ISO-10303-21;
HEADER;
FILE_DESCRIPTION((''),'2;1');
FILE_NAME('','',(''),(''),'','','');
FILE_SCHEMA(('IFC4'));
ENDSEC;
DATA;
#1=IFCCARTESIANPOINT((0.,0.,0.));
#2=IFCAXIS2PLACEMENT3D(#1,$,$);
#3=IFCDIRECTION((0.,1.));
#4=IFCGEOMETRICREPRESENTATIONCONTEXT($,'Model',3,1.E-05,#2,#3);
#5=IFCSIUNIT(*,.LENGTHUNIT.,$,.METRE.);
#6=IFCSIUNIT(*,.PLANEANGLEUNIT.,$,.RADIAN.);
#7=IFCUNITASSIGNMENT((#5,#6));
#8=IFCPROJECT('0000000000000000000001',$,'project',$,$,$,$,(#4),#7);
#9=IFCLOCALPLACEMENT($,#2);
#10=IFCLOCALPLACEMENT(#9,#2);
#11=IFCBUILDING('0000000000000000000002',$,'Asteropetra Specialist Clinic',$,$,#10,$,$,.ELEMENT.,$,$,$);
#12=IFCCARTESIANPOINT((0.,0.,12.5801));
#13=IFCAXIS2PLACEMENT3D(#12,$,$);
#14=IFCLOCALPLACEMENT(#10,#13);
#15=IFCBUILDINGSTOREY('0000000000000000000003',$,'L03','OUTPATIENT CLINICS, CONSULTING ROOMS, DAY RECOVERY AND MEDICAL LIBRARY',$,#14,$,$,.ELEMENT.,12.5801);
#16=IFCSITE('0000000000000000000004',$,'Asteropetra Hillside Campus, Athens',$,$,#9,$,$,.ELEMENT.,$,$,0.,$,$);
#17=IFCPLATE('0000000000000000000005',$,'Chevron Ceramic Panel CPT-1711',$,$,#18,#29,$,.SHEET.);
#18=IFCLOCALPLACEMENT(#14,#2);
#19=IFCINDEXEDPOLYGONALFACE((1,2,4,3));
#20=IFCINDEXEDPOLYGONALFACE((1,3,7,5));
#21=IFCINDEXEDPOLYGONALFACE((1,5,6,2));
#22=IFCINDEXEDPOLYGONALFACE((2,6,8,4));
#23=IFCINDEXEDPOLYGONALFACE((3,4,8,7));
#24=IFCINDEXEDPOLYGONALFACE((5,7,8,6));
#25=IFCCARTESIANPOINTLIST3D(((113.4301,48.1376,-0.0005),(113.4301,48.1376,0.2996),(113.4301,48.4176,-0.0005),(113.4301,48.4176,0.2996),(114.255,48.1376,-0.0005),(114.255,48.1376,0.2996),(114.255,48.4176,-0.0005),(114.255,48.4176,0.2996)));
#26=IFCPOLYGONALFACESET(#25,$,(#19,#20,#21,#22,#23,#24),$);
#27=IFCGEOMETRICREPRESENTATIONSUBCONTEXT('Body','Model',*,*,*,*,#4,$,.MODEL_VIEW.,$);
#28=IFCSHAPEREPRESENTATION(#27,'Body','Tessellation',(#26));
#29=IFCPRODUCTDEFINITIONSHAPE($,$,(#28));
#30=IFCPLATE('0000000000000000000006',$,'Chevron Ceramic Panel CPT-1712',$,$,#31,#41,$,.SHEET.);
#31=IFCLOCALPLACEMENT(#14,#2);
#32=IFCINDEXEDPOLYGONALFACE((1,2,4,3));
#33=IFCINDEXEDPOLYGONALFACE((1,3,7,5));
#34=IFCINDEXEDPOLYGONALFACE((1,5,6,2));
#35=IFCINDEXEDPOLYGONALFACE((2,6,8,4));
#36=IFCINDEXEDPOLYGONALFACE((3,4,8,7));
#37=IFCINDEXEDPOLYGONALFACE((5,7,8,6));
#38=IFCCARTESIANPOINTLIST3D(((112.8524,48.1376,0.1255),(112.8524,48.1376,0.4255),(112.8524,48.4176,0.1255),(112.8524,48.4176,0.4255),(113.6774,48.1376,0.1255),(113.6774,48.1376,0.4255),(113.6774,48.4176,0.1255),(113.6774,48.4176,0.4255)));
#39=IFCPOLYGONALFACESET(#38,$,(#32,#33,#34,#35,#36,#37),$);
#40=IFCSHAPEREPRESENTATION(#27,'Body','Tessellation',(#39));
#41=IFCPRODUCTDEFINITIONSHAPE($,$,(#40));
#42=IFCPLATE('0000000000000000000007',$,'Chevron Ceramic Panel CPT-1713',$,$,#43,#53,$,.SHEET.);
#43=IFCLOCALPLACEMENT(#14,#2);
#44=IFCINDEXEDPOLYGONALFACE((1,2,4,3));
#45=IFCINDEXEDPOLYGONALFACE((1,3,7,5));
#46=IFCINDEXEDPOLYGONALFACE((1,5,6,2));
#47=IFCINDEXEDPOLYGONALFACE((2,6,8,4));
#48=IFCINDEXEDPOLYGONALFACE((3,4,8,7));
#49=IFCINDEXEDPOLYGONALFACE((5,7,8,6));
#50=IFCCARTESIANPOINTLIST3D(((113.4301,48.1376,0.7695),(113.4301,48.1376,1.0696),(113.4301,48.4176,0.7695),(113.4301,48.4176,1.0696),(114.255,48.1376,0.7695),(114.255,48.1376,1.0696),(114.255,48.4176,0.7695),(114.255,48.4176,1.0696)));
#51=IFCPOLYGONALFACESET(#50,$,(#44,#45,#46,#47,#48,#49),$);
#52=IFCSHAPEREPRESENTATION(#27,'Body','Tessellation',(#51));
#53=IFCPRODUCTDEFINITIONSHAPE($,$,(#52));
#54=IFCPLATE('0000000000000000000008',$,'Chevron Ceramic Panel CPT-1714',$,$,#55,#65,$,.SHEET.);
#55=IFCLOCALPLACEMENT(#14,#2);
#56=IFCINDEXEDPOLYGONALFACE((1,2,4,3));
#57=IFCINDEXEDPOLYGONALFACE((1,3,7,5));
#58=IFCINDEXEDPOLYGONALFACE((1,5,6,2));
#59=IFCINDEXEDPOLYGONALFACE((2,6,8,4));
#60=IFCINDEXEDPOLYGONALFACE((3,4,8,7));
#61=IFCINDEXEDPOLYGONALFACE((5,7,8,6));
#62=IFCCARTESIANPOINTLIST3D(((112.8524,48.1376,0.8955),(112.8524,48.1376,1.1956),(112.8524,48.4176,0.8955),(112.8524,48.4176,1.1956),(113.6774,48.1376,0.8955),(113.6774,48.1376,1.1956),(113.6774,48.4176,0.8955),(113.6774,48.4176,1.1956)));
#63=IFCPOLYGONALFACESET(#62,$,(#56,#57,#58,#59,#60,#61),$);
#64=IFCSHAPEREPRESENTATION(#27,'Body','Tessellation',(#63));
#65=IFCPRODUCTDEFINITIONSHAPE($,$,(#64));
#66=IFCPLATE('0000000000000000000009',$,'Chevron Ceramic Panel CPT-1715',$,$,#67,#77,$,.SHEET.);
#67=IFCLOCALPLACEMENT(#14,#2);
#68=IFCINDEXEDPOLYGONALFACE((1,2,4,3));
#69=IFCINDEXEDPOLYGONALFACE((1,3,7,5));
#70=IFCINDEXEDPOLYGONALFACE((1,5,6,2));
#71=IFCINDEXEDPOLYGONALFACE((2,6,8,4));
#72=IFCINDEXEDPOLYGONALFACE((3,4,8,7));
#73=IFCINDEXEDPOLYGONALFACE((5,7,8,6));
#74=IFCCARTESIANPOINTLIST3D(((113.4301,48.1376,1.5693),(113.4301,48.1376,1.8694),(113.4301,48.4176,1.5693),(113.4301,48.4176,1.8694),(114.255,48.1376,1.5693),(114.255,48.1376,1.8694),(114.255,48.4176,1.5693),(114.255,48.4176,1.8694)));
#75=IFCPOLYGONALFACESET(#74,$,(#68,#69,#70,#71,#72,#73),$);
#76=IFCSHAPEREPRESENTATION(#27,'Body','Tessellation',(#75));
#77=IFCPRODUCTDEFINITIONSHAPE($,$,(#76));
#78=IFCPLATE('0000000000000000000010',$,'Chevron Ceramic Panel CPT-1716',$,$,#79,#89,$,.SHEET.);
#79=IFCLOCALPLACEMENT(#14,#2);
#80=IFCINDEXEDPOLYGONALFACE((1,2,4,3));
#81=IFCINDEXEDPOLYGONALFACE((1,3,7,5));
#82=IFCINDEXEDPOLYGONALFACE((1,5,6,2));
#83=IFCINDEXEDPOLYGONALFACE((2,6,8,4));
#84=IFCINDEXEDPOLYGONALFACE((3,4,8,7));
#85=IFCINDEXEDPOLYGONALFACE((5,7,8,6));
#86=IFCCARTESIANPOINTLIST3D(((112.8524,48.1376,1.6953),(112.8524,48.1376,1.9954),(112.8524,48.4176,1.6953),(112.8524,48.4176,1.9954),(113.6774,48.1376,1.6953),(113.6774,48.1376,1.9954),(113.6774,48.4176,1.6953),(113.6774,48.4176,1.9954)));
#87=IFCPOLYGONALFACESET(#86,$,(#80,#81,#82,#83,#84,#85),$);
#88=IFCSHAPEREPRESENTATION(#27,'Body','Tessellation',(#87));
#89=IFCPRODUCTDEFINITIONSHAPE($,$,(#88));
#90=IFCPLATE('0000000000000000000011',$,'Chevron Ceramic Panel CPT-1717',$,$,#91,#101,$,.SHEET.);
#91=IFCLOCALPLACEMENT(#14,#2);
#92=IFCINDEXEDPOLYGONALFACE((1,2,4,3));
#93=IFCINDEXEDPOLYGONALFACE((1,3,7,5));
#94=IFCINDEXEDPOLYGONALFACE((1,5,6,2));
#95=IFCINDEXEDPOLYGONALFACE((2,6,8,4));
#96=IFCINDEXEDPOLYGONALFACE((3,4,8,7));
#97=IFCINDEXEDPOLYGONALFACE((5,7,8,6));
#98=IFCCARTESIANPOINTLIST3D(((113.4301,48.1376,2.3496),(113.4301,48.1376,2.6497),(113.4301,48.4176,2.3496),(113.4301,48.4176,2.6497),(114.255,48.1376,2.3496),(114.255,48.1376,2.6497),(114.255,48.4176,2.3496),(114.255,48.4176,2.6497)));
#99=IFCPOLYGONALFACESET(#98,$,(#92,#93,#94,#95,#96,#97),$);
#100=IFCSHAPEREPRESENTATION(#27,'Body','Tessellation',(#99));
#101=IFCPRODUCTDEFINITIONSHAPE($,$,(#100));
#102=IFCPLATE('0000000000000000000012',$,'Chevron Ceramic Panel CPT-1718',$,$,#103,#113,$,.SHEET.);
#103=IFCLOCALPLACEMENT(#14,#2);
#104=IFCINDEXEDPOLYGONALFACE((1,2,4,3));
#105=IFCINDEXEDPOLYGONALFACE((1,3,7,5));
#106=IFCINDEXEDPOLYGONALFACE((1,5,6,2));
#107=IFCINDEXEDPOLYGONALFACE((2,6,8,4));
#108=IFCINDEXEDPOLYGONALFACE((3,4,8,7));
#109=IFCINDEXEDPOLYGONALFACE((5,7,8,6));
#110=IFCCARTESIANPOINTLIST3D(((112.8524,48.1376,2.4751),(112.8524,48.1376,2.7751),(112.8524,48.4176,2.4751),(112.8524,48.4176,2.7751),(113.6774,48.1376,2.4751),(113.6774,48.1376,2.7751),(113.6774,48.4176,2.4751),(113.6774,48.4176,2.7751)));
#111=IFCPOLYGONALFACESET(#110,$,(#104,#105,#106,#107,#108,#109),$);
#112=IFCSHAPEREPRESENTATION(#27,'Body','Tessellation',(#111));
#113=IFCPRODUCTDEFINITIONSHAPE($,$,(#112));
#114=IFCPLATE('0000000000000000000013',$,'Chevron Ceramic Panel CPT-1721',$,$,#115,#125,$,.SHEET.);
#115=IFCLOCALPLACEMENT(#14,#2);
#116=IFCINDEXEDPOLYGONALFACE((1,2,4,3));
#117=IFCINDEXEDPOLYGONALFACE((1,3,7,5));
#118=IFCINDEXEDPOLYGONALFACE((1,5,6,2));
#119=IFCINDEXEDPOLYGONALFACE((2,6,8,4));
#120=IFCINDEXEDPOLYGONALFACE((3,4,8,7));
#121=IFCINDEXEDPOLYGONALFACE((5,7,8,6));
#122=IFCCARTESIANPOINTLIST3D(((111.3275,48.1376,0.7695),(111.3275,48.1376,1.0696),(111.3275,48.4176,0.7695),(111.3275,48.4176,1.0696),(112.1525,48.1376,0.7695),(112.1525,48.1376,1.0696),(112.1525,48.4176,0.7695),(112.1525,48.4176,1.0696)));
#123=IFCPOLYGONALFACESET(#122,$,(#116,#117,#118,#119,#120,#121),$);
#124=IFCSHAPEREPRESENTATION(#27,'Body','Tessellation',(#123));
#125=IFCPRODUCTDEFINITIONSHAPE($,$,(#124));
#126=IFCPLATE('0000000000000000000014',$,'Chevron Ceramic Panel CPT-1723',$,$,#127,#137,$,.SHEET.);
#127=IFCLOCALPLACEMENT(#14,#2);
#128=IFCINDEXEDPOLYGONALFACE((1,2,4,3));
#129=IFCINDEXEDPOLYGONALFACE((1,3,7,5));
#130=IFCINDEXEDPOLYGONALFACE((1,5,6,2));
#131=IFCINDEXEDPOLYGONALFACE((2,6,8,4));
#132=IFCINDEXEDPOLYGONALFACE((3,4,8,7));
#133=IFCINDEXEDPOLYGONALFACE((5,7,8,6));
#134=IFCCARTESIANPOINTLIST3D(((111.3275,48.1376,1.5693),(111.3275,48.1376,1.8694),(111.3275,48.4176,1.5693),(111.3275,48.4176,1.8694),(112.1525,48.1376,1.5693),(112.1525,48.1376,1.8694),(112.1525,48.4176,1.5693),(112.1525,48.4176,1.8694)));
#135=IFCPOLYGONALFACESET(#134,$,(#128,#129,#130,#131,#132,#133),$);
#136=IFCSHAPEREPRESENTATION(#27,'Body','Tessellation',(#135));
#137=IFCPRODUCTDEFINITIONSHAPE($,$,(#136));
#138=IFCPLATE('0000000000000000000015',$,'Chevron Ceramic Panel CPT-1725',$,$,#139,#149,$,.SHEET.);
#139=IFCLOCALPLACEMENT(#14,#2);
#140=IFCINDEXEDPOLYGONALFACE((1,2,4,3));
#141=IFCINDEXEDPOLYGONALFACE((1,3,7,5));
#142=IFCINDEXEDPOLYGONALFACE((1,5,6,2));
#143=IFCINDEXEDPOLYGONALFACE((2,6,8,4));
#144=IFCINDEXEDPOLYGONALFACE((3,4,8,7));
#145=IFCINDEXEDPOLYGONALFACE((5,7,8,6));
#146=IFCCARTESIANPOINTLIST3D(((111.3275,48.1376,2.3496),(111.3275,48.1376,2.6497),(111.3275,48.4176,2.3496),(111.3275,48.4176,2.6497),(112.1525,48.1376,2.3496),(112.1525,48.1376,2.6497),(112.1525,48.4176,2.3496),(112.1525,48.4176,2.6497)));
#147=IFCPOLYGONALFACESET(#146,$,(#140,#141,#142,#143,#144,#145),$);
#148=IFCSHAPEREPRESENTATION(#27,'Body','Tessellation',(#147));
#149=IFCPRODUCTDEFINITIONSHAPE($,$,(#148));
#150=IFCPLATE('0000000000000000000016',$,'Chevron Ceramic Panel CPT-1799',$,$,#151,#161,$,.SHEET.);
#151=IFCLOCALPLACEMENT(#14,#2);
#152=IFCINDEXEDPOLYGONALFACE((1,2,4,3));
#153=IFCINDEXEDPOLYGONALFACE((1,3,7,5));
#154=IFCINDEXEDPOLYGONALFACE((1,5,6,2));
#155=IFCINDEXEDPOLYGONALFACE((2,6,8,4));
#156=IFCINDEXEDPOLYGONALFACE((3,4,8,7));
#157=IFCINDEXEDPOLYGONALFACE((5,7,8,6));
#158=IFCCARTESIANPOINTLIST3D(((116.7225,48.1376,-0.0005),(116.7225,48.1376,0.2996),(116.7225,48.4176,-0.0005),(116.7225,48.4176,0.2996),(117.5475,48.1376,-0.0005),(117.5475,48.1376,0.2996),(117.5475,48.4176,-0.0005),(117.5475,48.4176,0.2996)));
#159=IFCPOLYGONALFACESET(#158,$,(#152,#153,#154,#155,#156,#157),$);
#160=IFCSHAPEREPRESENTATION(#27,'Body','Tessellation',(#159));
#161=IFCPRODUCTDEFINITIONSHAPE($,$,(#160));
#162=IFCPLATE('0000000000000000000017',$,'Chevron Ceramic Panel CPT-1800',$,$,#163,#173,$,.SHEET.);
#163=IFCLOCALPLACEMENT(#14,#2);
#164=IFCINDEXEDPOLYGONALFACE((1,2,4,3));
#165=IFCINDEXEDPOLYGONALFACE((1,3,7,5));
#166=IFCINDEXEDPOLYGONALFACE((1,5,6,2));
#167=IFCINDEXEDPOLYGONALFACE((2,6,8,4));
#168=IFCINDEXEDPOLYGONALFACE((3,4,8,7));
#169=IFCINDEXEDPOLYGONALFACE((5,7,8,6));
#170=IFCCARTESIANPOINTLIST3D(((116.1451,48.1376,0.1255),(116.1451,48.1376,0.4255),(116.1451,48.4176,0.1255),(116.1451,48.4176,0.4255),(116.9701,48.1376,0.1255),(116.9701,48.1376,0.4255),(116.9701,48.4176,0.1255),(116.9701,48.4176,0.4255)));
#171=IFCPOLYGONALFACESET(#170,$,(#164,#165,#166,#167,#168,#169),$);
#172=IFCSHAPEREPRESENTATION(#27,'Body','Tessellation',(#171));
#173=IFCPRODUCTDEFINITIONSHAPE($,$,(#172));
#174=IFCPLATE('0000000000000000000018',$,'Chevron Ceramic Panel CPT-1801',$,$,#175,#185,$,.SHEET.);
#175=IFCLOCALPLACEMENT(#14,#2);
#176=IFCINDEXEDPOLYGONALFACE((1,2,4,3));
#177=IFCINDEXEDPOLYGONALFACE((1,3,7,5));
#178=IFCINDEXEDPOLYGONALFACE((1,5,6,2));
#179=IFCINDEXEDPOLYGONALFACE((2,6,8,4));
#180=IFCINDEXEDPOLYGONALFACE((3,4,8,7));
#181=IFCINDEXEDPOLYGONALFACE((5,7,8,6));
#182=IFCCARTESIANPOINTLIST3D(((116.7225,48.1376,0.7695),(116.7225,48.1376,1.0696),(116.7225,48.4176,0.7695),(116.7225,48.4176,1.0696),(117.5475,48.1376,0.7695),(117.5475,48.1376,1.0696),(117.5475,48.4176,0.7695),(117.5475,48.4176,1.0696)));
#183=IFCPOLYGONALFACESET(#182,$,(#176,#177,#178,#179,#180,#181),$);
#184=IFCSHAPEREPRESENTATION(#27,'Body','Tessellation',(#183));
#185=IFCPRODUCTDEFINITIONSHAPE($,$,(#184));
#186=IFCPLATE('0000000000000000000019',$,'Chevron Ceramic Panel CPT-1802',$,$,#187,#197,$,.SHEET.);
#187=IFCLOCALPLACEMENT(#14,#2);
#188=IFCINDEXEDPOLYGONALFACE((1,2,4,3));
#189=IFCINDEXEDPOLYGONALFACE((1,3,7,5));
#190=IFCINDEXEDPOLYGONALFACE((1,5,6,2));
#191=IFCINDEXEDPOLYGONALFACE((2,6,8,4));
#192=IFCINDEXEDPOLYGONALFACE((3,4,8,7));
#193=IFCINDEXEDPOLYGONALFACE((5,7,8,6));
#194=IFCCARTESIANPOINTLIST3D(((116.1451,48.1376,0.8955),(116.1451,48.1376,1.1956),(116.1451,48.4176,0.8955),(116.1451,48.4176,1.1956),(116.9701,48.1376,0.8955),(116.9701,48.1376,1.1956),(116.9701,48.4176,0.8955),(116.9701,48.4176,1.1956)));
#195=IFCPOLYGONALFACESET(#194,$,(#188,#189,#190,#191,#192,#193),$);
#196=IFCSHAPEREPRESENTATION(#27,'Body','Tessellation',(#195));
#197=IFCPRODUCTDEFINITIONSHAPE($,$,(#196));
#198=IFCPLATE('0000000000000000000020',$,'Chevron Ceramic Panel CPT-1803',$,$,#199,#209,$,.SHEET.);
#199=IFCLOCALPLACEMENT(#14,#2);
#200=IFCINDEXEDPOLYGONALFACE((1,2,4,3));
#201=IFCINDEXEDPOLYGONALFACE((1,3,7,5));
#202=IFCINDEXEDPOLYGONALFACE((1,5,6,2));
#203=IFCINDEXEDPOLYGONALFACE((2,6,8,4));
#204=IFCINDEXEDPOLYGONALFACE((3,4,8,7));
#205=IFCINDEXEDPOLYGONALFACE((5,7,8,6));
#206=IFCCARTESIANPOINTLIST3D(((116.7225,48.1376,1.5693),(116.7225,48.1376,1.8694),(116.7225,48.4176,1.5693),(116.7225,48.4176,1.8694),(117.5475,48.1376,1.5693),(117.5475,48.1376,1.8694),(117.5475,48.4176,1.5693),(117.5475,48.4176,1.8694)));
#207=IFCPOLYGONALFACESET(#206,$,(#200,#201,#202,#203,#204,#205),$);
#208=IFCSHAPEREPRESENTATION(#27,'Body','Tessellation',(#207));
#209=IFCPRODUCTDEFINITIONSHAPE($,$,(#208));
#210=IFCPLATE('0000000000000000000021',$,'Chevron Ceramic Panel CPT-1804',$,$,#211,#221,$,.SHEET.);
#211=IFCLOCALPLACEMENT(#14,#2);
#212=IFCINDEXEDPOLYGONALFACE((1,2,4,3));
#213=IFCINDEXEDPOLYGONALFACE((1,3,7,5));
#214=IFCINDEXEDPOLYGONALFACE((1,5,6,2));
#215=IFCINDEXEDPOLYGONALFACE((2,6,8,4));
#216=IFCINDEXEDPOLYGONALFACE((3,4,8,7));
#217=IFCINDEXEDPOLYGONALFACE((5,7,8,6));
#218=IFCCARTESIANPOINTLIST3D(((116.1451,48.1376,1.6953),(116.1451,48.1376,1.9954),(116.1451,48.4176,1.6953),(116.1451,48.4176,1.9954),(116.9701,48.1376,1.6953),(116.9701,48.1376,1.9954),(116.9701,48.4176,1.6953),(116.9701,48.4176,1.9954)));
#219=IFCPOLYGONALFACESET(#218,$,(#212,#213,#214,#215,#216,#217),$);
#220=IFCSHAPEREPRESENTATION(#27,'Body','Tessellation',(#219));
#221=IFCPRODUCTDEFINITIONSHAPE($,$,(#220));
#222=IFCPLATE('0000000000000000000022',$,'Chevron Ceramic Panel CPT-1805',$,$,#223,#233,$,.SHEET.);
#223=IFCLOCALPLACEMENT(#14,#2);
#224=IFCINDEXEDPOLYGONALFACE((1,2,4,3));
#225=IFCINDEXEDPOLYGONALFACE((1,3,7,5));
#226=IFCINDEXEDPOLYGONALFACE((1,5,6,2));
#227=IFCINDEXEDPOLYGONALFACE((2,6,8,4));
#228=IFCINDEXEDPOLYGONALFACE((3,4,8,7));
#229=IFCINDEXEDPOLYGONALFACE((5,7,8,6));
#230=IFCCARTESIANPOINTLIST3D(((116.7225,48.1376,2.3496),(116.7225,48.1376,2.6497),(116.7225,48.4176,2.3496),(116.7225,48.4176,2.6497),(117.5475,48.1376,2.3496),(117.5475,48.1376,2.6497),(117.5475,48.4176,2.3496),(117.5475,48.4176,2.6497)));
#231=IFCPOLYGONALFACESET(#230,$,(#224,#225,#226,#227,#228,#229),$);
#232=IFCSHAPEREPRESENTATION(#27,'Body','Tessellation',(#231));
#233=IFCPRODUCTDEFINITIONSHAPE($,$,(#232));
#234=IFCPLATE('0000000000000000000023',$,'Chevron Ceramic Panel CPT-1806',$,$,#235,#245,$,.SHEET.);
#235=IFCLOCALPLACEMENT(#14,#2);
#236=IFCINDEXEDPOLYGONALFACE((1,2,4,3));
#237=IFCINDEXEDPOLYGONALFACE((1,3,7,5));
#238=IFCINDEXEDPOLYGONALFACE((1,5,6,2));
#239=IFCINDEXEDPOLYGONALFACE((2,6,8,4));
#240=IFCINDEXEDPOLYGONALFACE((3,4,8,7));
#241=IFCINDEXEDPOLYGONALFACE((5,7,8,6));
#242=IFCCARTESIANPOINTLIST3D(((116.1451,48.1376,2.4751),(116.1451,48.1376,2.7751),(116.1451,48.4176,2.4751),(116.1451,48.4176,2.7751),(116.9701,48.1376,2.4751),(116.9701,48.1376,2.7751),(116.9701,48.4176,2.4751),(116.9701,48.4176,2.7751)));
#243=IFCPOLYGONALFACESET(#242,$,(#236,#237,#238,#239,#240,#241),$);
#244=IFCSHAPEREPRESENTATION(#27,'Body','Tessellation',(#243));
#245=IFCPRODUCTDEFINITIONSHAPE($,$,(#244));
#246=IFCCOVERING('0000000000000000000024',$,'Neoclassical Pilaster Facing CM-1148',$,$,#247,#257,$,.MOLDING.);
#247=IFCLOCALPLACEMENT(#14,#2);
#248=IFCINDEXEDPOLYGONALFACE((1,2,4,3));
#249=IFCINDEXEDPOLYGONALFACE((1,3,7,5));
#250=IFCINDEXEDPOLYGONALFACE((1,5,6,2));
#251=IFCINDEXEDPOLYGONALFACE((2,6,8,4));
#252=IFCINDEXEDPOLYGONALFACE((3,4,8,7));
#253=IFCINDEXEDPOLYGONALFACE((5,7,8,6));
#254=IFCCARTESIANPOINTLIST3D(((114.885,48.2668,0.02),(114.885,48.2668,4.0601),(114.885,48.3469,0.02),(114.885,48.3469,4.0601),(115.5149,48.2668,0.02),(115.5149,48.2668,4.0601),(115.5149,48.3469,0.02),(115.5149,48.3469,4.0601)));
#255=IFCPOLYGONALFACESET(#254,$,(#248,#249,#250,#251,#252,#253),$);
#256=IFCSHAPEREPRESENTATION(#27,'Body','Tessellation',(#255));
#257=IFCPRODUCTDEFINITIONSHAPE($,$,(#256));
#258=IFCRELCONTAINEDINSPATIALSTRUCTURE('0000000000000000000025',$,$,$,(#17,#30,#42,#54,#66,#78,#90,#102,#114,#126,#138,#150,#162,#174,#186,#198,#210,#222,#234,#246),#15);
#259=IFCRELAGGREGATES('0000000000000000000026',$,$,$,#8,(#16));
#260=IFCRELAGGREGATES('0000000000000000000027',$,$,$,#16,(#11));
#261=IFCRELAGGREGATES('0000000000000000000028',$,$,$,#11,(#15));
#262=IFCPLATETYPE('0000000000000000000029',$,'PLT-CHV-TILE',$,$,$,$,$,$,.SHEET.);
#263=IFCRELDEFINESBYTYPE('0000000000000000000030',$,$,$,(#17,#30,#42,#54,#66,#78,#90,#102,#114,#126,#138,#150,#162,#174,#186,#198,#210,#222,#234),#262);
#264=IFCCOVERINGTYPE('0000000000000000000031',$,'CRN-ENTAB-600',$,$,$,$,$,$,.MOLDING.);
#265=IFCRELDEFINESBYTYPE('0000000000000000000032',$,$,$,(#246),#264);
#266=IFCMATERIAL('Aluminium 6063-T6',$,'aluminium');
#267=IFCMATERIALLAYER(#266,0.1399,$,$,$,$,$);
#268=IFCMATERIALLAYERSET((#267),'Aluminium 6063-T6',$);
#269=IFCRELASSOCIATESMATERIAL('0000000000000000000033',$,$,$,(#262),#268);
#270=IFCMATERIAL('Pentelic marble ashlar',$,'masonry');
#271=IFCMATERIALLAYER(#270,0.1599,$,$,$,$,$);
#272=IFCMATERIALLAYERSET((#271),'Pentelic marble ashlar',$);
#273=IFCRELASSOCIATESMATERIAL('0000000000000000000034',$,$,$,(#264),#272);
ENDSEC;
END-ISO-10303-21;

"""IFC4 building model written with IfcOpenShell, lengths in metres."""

from ifc_helpers import new_model, si_unit, direction, frame, origin, origin_2d, place, context, subcontext, project, spatial, rectangle, extrude, material, layer, layer_set, type_object, element, save


model = new_model("IFC4")

# Units and contexts
model_context = context("Model", 3, precision=1e-05, world=origin(), true_north=direction((0.0, 1.0)))
body_context = subcontext(model_context, "Body", "Model", "MODEL_VIEW")
ifc_project = project(units=[si_unit("LENGTHUNIT", "METRE"), si_unit("PLANEANGLEUNIT", "RADIAN")], contexts=[model_context])

# Site, building, storey
site_placement = place(None, origin())
site = spatial("IfcSite", under=ifc_project, at=site_placement, Name="Asteropetra Hillside Campus, Athens", CompositionType="ELEMENT", RefElevation=0.0)
building_placement = place(site_placement, origin())
building = spatial("IfcBuilding", under=site, at=building_placement, Name="Asteropetra Specialist Clinic", CompositionType="ELEMENT")
storey_placement = place(building_placement, frame((0.0, 0.0, 12.5801)))
storey = spatial("IfcBuildingStorey", under=building, at=storey_placement, Name="L03", Description="OUTPATIENT CLINICS, CONSULTING ROOMS, DAY RECOVERY AND MEDICAL LIBRARY", CompositionType="ELEMENT", Elevation=12.5801)

# Plates
ifc_material_1 = material(Name="Aluminium 6063-T6", Category="aluminium")
ifc_layer_1 = layer(ifc_material_1, 0.1399)
ifc_layer_set_1 = layer_set([ifc_layer_1], Name="Aluminium 6063-T6")
plate_type_1 = type_object("IfcPlateType", Name="PLT-CHV-TILE", PredefinedType="SHEET", material=ifc_layer_set_1)
for number, where, z_axis, x_axis, name in (
    (1, (113.8425, 48.2776, -0.0005), (0.0, 0.0, 1.0), (1.0, 0.0, 0.0), "Chevron Ceramic Panel CPT-1711"),
    (2, (113.2649, 48.2776, 0.1255), (0.0, 0.0, 1.0), (1.0, 0.0, 0.0), "Chevron Ceramic Panel CPT-1712"),
    (3, (113.8425, 48.2776, 0.7695), (0.0, 0.0, 1.0), (1.0, 0.0, 0.0), "Chevron Ceramic Panel CPT-1713"),
    (4, (113.2649, 48.2776, 0.8955), (0.0, 0.0, 1.0), (1.0, 0.0, 0.0), "Chevron Ceramic Panel CPT-1714"),
    (5, (113.8425, 48.2776, 1.5693), (0.0, 0.0, 1.0), (1.0, 0.0, 0.0), "Chevron Ceramic Panel CPT-1715"),
    (6, (113.2649, 48.2776, 1.6953), (0.0, 0.0, 1.0), (1.0, 0.0, 0.0), "Chevron Ceramic Panel CPT-1716"),
    (7, (113.8425, 48.2776, 2.3496), (0.0, 0.0, 1.0), (1.0, 0.0, 0.0), "Chevron Ceramic Panel CPT-1717"),
    (8, (113.2649, 48.2776, 2.4751), (0.0, 0.0, 1.0), (1.0, 0.0, 0.0), "Chevron Ceramic Panel CPT-1718"),
    (9, (111.74, 48.2776, 0.7695), (0.0, 0.0, 1.0), (1.0, 0.0, 0.0), "Chevron Ceramic Panel CPT-1721"),
    (10, (111.74, 48.2776, 1.5693), (0.0, 0.0, 1.0), (1.0, 0.0, 0.0), "Chevron Ceramic Panel CPT-1723"),
    (11, (111.74, 48.2776, 2.3496), (0.0, 0.0, 1.0), (1.0, 0.0, 0.0), "Chevron Ceramic Panel CPT-1725"),
    (12, (117.135, 48.2776, -0.0005), (0.0, 0.0, 1.0), (1.0, 0.0, 0.0), "Chevron Ceramic Panel CPT-1799"),
    (13, (116.5576, 48.2776, 0.1255), (0.0, 0.0, 1.0), (1.0, 0.0, 0.0), "Chevron Ceramic Panel CPT-1800"),
    (14, (117.135, 48.2776, 0.7695), (0.0, 0.0, 1.0), (1.0, 0.0, 0.0), "Chevron Ceramic Panel CPT-1801"),
    (15, (116.5576, 48.2776, 0.8955), (0.0, 0.0, 1.0), (1.0, 0.0, 0.0), "Chevron Ceramic Panel CPT-1802"),
    (16, (117.135, 48.2776, 1.5693), (0.0, 0.0, 1.0), (1.0, 0.0, 0.0), "Chevron Ceramic Panel CPT-1803"),
    (17, (116.5576, 48.2776, 1.6953), (0.0, 0.0, 1.0), (1.0, 0.0, 0.0), "Chevron Ceramic Panel CPT-1804"),
    (18, (117.135, 48.2776, 2.3496), (0.0, 0.0, 1.0), (1.0, 0.0, 0.0), "Chevron Ceramic Panel CPT-1805"),
    (19, (116.5576, 48.2776, 2.4751), (0.0, 0.0, 1.0), (1.0, 0.0, 0.0), "Chevron Ceramic Panel CPT-1806"),
):
    element("IfcPlate", number, at=place(storey_placement, frame(where, z_axis=z_axis, x_axis=x_axis)), inside=storey, type_object=plate_type_1, Name=name, PredefinedType="SHEET", context=body_context, shape_type="SweptSolid", body=[
        extrude(rectangle(XDim=0.825, YDim=0.28, at=origin_2d()), origin(), (0.0, 0.0, 1.0), 0.3),
    ])

# Covering
ifc_material_2 = material(Name="Pentelic marble ashlar", Category="masonry")
ifc_layer_2 = layer(ifc_material_2, 0.1599)
ifc_layer_set_2 = layer_set([ifc_layer_2], Name="Pentelic marble ashlar")
covering_type_1 = type_object("IfcCoveringType", Name="CRN-ENTAB-600", PredefinedType="MOLDING", material=ifc_layer_set_2)
covering_placement = place(storey_placement, frame((115.2, 48.3069, 0.02), z_axis=(0.0, 0.0, 1.0), x_axis=(1.0, 0.0, 0.0)))
element("IfcCovering", 20, at=covering_placement, inside=storey, type_object=covering_type_1, Name="Neoclassical Pilaster Facing CM-1148", PredefinedType="MOLDING", context=body_context, shape_type="SweptSolid", body=[
    extrude(rectangle(XDim=0.6299, YDim=0.0801, at=origin_2d()), origin(), (0.0, 0.0, 1.0), 4.04),
])

save(model, "model.ifc")
